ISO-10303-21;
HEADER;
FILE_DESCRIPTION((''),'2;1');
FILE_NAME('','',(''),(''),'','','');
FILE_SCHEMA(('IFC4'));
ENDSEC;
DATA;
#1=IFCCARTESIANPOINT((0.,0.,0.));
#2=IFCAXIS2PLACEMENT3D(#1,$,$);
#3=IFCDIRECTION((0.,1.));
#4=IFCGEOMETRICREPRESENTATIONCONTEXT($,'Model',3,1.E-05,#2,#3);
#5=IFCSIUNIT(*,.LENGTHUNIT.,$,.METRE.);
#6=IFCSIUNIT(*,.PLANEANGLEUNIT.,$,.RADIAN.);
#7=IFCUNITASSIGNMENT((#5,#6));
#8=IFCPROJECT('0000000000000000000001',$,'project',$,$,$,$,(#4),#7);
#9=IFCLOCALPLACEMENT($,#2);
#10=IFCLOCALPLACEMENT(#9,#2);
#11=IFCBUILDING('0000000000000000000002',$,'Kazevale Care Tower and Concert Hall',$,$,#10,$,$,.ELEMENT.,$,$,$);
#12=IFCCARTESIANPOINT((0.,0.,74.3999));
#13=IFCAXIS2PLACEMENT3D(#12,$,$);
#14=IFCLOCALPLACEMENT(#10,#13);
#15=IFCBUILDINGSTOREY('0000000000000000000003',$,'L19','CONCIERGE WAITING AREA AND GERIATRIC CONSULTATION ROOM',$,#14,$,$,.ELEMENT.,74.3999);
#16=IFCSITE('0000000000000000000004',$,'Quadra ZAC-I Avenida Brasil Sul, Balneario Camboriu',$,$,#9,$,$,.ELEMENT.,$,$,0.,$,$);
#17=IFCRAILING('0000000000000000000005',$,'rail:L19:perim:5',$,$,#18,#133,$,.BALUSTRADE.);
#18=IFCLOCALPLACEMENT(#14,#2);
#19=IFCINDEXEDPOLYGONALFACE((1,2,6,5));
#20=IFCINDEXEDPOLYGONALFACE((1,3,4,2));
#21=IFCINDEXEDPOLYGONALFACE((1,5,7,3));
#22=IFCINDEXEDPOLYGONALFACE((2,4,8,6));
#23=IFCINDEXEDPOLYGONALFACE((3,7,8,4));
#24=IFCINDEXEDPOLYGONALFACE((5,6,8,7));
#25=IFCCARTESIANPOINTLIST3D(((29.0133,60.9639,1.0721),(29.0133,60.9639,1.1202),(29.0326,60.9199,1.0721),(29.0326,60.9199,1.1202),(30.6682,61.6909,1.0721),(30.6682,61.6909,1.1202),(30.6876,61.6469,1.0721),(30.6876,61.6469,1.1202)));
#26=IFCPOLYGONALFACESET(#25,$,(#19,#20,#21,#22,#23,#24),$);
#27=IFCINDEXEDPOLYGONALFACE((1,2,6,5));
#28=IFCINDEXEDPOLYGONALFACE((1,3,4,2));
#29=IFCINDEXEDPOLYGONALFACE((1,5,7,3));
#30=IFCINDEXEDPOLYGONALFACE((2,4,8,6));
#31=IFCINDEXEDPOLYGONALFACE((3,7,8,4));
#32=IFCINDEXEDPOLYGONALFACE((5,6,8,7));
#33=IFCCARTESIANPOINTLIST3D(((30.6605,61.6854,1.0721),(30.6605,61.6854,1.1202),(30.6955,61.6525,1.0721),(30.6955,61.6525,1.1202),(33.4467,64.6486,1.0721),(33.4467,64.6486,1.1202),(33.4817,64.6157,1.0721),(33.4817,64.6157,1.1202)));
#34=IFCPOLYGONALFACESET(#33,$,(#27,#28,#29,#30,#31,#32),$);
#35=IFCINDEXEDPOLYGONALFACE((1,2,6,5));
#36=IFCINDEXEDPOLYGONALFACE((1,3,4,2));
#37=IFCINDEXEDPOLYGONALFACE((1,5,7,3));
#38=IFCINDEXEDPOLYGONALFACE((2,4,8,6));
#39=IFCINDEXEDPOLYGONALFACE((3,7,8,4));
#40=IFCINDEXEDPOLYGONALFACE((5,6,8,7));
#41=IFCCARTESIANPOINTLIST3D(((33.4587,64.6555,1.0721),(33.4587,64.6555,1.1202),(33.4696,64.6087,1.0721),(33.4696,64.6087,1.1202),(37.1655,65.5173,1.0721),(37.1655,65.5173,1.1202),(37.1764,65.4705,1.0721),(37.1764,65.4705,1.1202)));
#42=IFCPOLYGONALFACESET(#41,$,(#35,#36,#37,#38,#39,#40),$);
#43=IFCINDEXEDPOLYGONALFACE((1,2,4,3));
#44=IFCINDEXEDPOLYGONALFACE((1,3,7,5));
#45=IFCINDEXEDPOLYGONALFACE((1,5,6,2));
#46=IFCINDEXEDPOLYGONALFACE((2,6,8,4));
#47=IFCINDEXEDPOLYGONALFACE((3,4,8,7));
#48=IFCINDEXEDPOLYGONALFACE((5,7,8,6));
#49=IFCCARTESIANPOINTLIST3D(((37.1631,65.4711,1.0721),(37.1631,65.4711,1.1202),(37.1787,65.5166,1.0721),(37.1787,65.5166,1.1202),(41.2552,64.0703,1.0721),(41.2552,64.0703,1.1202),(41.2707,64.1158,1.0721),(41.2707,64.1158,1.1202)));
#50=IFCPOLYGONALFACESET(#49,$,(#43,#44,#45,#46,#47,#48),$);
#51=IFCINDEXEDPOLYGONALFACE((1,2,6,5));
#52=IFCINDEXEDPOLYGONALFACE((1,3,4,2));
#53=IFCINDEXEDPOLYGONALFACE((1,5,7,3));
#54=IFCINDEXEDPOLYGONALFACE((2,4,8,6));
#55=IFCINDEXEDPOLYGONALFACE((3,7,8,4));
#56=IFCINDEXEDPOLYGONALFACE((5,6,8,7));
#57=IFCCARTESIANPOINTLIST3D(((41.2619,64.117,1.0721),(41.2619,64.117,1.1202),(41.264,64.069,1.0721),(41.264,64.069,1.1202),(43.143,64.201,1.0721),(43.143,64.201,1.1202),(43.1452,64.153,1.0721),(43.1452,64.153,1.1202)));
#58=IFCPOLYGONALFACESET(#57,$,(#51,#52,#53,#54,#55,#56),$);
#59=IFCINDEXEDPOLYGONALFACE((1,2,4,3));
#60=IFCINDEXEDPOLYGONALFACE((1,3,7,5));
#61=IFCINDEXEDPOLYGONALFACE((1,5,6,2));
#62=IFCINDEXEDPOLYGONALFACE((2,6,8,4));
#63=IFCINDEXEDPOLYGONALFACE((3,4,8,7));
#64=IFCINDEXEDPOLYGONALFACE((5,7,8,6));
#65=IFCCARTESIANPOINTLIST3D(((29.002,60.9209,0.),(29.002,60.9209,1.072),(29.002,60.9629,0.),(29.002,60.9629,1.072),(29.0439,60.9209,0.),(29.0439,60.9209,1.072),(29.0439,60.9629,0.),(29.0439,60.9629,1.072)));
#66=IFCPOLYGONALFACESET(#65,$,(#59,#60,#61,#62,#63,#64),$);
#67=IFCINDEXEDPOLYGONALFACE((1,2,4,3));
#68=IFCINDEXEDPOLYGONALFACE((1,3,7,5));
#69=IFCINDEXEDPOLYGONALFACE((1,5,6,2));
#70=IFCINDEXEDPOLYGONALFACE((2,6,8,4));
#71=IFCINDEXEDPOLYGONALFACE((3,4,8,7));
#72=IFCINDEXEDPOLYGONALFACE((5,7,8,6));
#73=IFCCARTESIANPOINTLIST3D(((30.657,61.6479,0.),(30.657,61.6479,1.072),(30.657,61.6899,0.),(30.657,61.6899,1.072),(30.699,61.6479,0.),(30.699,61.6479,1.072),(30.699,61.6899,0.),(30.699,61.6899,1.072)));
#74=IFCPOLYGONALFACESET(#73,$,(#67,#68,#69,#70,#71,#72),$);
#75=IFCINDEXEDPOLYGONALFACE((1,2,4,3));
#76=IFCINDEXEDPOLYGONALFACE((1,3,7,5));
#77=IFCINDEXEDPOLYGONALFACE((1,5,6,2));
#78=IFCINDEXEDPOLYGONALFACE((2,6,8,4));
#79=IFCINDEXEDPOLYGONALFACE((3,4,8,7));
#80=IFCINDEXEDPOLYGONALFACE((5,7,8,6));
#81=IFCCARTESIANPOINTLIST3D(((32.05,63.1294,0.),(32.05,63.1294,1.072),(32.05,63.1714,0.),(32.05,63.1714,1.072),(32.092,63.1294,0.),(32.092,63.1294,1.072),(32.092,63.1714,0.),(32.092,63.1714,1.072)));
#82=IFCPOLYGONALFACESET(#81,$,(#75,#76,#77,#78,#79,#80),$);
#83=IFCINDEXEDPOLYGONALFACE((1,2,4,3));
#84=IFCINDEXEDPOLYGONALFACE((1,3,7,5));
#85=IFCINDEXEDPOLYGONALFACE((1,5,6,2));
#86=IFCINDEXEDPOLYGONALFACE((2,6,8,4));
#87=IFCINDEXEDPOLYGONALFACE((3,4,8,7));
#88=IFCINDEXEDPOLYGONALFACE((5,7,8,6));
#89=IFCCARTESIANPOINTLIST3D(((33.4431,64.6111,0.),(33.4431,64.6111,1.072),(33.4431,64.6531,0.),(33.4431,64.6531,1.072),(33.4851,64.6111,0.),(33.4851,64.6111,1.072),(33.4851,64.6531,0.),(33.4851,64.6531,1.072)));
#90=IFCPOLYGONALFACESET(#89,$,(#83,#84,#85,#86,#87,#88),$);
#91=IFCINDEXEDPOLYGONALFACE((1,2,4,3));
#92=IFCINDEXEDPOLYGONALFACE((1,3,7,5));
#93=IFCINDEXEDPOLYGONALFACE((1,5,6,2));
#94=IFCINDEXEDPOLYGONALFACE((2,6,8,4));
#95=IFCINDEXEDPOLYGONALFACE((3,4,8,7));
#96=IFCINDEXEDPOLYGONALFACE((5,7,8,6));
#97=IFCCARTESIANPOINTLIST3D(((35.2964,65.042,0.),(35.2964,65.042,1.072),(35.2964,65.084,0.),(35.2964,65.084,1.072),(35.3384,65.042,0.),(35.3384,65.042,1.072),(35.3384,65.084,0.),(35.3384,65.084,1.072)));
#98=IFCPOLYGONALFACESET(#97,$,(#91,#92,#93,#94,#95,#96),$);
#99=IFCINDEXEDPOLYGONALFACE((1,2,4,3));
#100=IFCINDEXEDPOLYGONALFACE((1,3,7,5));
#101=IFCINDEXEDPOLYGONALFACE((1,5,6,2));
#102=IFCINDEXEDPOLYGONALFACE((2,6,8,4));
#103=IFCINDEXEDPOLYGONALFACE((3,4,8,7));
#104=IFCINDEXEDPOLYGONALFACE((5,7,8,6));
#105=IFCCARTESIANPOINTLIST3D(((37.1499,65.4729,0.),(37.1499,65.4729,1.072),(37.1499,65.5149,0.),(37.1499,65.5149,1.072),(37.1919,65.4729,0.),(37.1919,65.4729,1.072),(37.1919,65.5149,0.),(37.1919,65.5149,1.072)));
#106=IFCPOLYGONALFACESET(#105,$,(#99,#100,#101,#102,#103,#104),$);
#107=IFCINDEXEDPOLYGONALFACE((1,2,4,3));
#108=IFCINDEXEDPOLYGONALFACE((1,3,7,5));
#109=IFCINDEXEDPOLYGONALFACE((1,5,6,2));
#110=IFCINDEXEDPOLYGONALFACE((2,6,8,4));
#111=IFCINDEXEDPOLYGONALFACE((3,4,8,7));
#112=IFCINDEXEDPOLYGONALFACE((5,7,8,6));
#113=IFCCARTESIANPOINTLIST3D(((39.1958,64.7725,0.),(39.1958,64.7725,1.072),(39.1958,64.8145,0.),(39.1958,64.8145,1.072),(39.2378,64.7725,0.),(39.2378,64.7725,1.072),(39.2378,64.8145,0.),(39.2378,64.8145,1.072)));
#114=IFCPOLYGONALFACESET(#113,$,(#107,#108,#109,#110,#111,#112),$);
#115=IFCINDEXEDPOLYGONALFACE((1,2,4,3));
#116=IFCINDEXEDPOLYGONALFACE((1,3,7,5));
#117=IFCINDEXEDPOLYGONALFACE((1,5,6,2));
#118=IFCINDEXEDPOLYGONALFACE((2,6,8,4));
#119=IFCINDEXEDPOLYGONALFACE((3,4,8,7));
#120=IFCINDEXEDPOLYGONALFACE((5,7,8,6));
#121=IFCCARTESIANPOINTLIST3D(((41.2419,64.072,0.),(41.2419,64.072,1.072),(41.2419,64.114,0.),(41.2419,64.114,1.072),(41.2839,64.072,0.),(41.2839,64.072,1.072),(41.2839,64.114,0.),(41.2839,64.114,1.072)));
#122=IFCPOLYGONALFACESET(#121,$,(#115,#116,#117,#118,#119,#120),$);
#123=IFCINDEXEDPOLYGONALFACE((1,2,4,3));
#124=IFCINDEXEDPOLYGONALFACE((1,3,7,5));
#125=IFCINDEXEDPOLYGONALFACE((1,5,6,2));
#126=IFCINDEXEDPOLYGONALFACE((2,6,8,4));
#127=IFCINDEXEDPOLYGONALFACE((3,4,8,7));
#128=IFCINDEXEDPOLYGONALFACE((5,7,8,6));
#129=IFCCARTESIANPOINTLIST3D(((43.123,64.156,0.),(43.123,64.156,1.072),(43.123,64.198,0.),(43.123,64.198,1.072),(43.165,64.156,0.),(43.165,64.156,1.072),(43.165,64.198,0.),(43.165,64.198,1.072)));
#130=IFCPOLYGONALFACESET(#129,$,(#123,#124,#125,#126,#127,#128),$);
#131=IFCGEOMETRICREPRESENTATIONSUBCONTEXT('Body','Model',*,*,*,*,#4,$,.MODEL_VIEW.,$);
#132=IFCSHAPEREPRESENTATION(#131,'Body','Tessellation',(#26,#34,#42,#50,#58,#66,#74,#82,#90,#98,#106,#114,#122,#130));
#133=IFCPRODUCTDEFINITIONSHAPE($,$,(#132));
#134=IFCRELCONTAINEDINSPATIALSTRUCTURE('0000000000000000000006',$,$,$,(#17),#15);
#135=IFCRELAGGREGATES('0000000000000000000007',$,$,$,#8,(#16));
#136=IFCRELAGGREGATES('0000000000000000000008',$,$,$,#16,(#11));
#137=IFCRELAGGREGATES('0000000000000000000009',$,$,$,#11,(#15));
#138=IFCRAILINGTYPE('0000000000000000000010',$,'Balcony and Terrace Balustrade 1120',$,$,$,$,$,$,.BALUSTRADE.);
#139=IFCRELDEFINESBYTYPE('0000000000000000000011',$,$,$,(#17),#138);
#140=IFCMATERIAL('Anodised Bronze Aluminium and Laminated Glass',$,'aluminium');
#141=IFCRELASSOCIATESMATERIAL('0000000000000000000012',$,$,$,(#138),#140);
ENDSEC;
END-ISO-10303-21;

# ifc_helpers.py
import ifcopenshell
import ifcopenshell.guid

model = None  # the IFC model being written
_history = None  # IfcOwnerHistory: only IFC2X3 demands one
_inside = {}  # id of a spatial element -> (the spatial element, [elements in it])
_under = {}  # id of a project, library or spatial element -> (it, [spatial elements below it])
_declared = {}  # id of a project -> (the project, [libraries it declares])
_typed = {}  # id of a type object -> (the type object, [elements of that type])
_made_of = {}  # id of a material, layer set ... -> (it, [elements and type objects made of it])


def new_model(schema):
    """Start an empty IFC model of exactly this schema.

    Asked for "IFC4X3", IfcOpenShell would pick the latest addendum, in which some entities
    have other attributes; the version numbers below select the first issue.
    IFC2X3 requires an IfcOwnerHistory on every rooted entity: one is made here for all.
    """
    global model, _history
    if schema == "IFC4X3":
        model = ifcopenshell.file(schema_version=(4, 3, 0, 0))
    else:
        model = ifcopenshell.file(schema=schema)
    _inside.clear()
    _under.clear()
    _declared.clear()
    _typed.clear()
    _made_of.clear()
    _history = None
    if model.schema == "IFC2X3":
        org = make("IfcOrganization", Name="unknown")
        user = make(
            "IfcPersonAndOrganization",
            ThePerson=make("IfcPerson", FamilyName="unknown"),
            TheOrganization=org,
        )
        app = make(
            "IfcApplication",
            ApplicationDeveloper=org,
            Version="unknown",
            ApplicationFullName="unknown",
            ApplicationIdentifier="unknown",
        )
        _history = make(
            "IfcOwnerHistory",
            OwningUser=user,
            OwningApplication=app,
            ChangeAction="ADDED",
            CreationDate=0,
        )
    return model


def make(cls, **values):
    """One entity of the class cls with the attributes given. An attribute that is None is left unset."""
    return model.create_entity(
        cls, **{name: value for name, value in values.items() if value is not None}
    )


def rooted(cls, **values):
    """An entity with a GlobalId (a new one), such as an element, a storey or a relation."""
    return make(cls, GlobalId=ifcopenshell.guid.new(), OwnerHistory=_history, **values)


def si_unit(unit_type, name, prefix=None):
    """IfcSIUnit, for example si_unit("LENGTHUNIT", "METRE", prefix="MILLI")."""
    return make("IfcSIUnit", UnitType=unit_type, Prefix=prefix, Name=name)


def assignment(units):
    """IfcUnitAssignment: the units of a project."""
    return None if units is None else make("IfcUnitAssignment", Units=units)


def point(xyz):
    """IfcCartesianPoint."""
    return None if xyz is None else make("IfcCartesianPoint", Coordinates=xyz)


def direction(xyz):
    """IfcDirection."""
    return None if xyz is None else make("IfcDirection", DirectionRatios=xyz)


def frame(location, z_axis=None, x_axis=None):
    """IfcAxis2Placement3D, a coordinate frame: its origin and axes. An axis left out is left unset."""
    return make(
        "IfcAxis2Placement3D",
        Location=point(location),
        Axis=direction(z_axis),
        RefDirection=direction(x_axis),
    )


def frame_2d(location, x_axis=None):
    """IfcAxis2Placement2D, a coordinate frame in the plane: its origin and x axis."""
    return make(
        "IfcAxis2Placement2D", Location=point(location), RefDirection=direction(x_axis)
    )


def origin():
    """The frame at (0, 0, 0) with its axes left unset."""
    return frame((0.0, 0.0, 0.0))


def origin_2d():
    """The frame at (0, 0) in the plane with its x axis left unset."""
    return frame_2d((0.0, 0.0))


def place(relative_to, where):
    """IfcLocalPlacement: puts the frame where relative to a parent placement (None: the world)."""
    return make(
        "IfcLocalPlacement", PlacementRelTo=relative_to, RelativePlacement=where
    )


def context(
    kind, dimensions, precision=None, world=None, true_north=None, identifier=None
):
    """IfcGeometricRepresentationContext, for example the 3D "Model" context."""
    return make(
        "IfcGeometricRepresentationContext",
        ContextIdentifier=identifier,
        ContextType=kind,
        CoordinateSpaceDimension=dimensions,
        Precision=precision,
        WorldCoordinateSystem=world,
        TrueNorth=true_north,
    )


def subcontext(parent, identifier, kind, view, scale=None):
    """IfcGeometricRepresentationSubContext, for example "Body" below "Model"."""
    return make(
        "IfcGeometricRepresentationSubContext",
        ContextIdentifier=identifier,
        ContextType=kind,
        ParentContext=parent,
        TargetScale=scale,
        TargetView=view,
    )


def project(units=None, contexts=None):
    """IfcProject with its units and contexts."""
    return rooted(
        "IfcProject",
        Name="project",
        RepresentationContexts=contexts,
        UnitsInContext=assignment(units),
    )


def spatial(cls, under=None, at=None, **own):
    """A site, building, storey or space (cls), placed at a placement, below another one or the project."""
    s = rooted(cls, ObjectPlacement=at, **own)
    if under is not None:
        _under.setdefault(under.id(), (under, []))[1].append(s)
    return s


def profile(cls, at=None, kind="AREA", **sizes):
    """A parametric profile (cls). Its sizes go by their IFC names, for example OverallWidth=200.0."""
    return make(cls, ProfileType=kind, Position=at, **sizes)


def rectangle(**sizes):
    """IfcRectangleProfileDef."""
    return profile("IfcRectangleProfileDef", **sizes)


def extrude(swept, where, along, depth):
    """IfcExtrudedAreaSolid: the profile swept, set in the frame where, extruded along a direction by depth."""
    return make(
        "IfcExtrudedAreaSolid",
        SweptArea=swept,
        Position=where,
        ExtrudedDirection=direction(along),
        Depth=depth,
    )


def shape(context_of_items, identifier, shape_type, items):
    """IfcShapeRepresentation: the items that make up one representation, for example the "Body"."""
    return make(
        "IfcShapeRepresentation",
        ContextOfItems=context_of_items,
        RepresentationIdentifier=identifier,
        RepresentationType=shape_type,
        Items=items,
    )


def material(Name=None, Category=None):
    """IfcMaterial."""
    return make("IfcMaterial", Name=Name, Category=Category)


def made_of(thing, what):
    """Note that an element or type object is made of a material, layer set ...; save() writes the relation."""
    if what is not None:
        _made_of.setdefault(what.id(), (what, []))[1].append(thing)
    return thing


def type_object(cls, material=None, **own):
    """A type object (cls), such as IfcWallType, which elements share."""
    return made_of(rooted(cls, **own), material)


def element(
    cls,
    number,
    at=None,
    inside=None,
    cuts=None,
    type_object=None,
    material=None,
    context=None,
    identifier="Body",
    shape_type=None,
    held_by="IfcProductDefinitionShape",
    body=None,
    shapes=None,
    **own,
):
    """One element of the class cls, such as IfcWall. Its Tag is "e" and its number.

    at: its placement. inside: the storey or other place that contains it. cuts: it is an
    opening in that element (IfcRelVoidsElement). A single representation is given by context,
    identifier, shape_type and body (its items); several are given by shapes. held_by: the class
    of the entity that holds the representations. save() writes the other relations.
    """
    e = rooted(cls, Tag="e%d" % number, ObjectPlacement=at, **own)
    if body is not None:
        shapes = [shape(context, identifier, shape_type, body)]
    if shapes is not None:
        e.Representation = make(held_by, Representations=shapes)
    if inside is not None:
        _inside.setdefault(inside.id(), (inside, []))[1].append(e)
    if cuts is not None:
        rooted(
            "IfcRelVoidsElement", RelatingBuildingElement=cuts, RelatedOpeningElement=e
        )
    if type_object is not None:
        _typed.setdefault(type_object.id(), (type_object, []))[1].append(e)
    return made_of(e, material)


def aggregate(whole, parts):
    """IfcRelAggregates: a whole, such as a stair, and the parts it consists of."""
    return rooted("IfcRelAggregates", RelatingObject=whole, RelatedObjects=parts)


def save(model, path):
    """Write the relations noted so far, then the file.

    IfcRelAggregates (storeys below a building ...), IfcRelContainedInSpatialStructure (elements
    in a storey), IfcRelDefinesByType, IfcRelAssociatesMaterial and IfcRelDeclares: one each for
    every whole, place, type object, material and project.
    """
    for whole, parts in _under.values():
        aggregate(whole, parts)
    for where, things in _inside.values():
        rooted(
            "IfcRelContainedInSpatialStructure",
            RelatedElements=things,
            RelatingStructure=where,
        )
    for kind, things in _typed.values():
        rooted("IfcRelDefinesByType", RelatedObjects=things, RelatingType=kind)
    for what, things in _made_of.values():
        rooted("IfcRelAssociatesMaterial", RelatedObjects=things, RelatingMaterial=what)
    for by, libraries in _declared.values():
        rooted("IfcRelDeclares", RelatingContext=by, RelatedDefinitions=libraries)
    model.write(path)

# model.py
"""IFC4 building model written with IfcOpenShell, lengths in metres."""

from ifc_helpers import new_model, si_unit, direction, frame, origin, origin_2d, place, context, subcontext, project, spatial, rectangle, extrude, material, type_object, element, save


model = new_model("IFC4")

# Units and contexts
model_context = context("Model", 3, precision=1e-05, world=origin(), true_north=direction((0.0, 1.0)))
body_context = subcontext(model_context, "Body", "Model", "MODEL_VIEW")
ifc_project = project(units=[si_unit("LENGTHUNIT", "METRE"), si_unit("PLANEANGLEUNIT", "RADIAN")], contexts=[model_context])

# Site, building, storey
site_placement = place(None, origin())
site = spatial("IfcSite", under=ifc_project, at=site_placement, Name="Quadra ZAC-I Avenida Brasil Sul, Balneario Camboriu", CompositionType="ELEMENT", RefElevation=0.0)
building_placement = place(site_placement, origin())
building = spatial("IfcBuilding", under=site, at=building_placement, Name="Kazevale Care Tower and Concert Hall", CompositionType="ELEMENT")
storey_placement = place(building_placement, frame((0.0, 0.0, 74.3999)))
storey = spatial("IfcBuildingStorey", under=building, at=storey_placement, Name="L19", Description="CONCIERGE WAITING AREA AND GERIATRIC CONSULTATION ROOM", CompositionType="ELEMENT", Elevation=74.3999)

# Railing
ifc_material_1 = material(Name="Anodised Bronze Aluminium and Laminated Glass", Category="aluminium")
railing_type = type_object("IfcRailingType", Name="Balcony and Terrace Balustrade 1120", PredefinedType="BALUSTRADE", material=ifc_material_1)
railing_1_placement = place(storey_placement, frame((29.0229, 60.9419, 0.0)))
element("IfcRailing", 1, at=railing_1_placement, inside=storey, type_object=railing_type, Name="rail:L19:perim:5", PredefinedType="BALUSTRADE", context=body_context, shape_type="SweptSolid", body=[
    extrude(rectangle(XDim=0.0481, YDim=0.0481, at=origin_2d()), frame((0.0, 0.0, 1.0962), z_axis=(0.915552, 0.4022, 0.0), x_axis=(-0.4022, 0.915552, 0.0)), (0.0, 0.0, 1.0), 1.8076),
    extrude(rectangle(XDim=0.0481, YDim=0.0481, at=origin_2d()), frame((1.655, 0.7271, 1.0962), z_axis=(0.685013, 0.728531, 0.0), x_axis=(-0.728531, 0.685013, 0.0)), (0.0, 0.0, 1.0), 4.0674),
    extrude(rectangle(XDim=0.0481, YDim=0.0481, at=origin_2d()), frame((4.4412, 3.6902, 1.0962), z_axis=(0.974021, 0.226457, 0.0), x_axis=(-0.226457, 0.974021, 0.0)), (0.0, 0.0, 1.0), 3.8057),
    extrude(rectangle(XDim=0.0481, YDim=0.0481, at=origin_2d()), frame((8.1479, 4.552, 1.0962), z_axis=(0.946095, -0.323888, 0.0), x_axis=(0.323888, 0.946095, 0.0)), (0.0, 0.0, 1.0), 4.3252),
    extrude(rectangle(XDim=0.0481, YDim=0.0481, at=origin_2d()), frame((12.24, 3.1511, 1.0962), z_axis=(0.999005, 0.044602, 0.0), x_axis=(-0.044602, 0.999005, 0.0)), (0.0, 0.0, 1.0), 1.8831),
    extrude(rectangle(XDim=0.042, YDim=0.042, at=origin_2d()), origin(), (0.0, 0.0, 1.0), 1.072),
    extrude(rectangle(XDim=0.042, YDim=0.042, at=origin_2d()), frame((1.655, 0.7271, 0.0)), (0.0, 0.0, 1.0), 1.072),
    extrude(rectangle(XDim=0.042, YDim=0.042, at=origin_2d()), frame((3.0481, 2.2085, 0.0)), (0.0, 0.0, 1.0), 1.072),
    extrude(rectangle(XDim=0.042, YDim=0.042, at=origin_2d()), frame((4.4412, 3.6902, 0.0)), (0.0, 0.0, 1.0), 1.072),
    extrude(rectangle(XDim=0.042, YDim=0.042, at=origin_2d()), frame((6.2944, 4.1211, 0.0)), (0.0, 0.0, 1.0), 1.072),
    extrude(rectangle(XDim=0.042, YDim=0.042, at=origin_2d()), frame((8.1479, 4.552, 0.0)), (0.0, 0.0, 1.0), 1.072),
    extrude(rectangle(XDim=0.042, YDim=0.042, at=origin_2d()), frame((10.1938, 3.8516, 0.0)), (0.0, 0.0, 1.0), 1.072),
    extrude(rectangle(XDim=0.042, YDim=0.042, at=origin_2d()), frame((12.24, 3.1511, 0.0)), (0.0, 0.0, 1.0), 1.072),
    extrude(rectangle(XDim=0.042, YDim=0.042, at=origin_2d()), frame((14.1211, 3.2351, 0.0)), (0.0, 0.0, 1.0), 1.072),
])

save(model, "model.ifc")
